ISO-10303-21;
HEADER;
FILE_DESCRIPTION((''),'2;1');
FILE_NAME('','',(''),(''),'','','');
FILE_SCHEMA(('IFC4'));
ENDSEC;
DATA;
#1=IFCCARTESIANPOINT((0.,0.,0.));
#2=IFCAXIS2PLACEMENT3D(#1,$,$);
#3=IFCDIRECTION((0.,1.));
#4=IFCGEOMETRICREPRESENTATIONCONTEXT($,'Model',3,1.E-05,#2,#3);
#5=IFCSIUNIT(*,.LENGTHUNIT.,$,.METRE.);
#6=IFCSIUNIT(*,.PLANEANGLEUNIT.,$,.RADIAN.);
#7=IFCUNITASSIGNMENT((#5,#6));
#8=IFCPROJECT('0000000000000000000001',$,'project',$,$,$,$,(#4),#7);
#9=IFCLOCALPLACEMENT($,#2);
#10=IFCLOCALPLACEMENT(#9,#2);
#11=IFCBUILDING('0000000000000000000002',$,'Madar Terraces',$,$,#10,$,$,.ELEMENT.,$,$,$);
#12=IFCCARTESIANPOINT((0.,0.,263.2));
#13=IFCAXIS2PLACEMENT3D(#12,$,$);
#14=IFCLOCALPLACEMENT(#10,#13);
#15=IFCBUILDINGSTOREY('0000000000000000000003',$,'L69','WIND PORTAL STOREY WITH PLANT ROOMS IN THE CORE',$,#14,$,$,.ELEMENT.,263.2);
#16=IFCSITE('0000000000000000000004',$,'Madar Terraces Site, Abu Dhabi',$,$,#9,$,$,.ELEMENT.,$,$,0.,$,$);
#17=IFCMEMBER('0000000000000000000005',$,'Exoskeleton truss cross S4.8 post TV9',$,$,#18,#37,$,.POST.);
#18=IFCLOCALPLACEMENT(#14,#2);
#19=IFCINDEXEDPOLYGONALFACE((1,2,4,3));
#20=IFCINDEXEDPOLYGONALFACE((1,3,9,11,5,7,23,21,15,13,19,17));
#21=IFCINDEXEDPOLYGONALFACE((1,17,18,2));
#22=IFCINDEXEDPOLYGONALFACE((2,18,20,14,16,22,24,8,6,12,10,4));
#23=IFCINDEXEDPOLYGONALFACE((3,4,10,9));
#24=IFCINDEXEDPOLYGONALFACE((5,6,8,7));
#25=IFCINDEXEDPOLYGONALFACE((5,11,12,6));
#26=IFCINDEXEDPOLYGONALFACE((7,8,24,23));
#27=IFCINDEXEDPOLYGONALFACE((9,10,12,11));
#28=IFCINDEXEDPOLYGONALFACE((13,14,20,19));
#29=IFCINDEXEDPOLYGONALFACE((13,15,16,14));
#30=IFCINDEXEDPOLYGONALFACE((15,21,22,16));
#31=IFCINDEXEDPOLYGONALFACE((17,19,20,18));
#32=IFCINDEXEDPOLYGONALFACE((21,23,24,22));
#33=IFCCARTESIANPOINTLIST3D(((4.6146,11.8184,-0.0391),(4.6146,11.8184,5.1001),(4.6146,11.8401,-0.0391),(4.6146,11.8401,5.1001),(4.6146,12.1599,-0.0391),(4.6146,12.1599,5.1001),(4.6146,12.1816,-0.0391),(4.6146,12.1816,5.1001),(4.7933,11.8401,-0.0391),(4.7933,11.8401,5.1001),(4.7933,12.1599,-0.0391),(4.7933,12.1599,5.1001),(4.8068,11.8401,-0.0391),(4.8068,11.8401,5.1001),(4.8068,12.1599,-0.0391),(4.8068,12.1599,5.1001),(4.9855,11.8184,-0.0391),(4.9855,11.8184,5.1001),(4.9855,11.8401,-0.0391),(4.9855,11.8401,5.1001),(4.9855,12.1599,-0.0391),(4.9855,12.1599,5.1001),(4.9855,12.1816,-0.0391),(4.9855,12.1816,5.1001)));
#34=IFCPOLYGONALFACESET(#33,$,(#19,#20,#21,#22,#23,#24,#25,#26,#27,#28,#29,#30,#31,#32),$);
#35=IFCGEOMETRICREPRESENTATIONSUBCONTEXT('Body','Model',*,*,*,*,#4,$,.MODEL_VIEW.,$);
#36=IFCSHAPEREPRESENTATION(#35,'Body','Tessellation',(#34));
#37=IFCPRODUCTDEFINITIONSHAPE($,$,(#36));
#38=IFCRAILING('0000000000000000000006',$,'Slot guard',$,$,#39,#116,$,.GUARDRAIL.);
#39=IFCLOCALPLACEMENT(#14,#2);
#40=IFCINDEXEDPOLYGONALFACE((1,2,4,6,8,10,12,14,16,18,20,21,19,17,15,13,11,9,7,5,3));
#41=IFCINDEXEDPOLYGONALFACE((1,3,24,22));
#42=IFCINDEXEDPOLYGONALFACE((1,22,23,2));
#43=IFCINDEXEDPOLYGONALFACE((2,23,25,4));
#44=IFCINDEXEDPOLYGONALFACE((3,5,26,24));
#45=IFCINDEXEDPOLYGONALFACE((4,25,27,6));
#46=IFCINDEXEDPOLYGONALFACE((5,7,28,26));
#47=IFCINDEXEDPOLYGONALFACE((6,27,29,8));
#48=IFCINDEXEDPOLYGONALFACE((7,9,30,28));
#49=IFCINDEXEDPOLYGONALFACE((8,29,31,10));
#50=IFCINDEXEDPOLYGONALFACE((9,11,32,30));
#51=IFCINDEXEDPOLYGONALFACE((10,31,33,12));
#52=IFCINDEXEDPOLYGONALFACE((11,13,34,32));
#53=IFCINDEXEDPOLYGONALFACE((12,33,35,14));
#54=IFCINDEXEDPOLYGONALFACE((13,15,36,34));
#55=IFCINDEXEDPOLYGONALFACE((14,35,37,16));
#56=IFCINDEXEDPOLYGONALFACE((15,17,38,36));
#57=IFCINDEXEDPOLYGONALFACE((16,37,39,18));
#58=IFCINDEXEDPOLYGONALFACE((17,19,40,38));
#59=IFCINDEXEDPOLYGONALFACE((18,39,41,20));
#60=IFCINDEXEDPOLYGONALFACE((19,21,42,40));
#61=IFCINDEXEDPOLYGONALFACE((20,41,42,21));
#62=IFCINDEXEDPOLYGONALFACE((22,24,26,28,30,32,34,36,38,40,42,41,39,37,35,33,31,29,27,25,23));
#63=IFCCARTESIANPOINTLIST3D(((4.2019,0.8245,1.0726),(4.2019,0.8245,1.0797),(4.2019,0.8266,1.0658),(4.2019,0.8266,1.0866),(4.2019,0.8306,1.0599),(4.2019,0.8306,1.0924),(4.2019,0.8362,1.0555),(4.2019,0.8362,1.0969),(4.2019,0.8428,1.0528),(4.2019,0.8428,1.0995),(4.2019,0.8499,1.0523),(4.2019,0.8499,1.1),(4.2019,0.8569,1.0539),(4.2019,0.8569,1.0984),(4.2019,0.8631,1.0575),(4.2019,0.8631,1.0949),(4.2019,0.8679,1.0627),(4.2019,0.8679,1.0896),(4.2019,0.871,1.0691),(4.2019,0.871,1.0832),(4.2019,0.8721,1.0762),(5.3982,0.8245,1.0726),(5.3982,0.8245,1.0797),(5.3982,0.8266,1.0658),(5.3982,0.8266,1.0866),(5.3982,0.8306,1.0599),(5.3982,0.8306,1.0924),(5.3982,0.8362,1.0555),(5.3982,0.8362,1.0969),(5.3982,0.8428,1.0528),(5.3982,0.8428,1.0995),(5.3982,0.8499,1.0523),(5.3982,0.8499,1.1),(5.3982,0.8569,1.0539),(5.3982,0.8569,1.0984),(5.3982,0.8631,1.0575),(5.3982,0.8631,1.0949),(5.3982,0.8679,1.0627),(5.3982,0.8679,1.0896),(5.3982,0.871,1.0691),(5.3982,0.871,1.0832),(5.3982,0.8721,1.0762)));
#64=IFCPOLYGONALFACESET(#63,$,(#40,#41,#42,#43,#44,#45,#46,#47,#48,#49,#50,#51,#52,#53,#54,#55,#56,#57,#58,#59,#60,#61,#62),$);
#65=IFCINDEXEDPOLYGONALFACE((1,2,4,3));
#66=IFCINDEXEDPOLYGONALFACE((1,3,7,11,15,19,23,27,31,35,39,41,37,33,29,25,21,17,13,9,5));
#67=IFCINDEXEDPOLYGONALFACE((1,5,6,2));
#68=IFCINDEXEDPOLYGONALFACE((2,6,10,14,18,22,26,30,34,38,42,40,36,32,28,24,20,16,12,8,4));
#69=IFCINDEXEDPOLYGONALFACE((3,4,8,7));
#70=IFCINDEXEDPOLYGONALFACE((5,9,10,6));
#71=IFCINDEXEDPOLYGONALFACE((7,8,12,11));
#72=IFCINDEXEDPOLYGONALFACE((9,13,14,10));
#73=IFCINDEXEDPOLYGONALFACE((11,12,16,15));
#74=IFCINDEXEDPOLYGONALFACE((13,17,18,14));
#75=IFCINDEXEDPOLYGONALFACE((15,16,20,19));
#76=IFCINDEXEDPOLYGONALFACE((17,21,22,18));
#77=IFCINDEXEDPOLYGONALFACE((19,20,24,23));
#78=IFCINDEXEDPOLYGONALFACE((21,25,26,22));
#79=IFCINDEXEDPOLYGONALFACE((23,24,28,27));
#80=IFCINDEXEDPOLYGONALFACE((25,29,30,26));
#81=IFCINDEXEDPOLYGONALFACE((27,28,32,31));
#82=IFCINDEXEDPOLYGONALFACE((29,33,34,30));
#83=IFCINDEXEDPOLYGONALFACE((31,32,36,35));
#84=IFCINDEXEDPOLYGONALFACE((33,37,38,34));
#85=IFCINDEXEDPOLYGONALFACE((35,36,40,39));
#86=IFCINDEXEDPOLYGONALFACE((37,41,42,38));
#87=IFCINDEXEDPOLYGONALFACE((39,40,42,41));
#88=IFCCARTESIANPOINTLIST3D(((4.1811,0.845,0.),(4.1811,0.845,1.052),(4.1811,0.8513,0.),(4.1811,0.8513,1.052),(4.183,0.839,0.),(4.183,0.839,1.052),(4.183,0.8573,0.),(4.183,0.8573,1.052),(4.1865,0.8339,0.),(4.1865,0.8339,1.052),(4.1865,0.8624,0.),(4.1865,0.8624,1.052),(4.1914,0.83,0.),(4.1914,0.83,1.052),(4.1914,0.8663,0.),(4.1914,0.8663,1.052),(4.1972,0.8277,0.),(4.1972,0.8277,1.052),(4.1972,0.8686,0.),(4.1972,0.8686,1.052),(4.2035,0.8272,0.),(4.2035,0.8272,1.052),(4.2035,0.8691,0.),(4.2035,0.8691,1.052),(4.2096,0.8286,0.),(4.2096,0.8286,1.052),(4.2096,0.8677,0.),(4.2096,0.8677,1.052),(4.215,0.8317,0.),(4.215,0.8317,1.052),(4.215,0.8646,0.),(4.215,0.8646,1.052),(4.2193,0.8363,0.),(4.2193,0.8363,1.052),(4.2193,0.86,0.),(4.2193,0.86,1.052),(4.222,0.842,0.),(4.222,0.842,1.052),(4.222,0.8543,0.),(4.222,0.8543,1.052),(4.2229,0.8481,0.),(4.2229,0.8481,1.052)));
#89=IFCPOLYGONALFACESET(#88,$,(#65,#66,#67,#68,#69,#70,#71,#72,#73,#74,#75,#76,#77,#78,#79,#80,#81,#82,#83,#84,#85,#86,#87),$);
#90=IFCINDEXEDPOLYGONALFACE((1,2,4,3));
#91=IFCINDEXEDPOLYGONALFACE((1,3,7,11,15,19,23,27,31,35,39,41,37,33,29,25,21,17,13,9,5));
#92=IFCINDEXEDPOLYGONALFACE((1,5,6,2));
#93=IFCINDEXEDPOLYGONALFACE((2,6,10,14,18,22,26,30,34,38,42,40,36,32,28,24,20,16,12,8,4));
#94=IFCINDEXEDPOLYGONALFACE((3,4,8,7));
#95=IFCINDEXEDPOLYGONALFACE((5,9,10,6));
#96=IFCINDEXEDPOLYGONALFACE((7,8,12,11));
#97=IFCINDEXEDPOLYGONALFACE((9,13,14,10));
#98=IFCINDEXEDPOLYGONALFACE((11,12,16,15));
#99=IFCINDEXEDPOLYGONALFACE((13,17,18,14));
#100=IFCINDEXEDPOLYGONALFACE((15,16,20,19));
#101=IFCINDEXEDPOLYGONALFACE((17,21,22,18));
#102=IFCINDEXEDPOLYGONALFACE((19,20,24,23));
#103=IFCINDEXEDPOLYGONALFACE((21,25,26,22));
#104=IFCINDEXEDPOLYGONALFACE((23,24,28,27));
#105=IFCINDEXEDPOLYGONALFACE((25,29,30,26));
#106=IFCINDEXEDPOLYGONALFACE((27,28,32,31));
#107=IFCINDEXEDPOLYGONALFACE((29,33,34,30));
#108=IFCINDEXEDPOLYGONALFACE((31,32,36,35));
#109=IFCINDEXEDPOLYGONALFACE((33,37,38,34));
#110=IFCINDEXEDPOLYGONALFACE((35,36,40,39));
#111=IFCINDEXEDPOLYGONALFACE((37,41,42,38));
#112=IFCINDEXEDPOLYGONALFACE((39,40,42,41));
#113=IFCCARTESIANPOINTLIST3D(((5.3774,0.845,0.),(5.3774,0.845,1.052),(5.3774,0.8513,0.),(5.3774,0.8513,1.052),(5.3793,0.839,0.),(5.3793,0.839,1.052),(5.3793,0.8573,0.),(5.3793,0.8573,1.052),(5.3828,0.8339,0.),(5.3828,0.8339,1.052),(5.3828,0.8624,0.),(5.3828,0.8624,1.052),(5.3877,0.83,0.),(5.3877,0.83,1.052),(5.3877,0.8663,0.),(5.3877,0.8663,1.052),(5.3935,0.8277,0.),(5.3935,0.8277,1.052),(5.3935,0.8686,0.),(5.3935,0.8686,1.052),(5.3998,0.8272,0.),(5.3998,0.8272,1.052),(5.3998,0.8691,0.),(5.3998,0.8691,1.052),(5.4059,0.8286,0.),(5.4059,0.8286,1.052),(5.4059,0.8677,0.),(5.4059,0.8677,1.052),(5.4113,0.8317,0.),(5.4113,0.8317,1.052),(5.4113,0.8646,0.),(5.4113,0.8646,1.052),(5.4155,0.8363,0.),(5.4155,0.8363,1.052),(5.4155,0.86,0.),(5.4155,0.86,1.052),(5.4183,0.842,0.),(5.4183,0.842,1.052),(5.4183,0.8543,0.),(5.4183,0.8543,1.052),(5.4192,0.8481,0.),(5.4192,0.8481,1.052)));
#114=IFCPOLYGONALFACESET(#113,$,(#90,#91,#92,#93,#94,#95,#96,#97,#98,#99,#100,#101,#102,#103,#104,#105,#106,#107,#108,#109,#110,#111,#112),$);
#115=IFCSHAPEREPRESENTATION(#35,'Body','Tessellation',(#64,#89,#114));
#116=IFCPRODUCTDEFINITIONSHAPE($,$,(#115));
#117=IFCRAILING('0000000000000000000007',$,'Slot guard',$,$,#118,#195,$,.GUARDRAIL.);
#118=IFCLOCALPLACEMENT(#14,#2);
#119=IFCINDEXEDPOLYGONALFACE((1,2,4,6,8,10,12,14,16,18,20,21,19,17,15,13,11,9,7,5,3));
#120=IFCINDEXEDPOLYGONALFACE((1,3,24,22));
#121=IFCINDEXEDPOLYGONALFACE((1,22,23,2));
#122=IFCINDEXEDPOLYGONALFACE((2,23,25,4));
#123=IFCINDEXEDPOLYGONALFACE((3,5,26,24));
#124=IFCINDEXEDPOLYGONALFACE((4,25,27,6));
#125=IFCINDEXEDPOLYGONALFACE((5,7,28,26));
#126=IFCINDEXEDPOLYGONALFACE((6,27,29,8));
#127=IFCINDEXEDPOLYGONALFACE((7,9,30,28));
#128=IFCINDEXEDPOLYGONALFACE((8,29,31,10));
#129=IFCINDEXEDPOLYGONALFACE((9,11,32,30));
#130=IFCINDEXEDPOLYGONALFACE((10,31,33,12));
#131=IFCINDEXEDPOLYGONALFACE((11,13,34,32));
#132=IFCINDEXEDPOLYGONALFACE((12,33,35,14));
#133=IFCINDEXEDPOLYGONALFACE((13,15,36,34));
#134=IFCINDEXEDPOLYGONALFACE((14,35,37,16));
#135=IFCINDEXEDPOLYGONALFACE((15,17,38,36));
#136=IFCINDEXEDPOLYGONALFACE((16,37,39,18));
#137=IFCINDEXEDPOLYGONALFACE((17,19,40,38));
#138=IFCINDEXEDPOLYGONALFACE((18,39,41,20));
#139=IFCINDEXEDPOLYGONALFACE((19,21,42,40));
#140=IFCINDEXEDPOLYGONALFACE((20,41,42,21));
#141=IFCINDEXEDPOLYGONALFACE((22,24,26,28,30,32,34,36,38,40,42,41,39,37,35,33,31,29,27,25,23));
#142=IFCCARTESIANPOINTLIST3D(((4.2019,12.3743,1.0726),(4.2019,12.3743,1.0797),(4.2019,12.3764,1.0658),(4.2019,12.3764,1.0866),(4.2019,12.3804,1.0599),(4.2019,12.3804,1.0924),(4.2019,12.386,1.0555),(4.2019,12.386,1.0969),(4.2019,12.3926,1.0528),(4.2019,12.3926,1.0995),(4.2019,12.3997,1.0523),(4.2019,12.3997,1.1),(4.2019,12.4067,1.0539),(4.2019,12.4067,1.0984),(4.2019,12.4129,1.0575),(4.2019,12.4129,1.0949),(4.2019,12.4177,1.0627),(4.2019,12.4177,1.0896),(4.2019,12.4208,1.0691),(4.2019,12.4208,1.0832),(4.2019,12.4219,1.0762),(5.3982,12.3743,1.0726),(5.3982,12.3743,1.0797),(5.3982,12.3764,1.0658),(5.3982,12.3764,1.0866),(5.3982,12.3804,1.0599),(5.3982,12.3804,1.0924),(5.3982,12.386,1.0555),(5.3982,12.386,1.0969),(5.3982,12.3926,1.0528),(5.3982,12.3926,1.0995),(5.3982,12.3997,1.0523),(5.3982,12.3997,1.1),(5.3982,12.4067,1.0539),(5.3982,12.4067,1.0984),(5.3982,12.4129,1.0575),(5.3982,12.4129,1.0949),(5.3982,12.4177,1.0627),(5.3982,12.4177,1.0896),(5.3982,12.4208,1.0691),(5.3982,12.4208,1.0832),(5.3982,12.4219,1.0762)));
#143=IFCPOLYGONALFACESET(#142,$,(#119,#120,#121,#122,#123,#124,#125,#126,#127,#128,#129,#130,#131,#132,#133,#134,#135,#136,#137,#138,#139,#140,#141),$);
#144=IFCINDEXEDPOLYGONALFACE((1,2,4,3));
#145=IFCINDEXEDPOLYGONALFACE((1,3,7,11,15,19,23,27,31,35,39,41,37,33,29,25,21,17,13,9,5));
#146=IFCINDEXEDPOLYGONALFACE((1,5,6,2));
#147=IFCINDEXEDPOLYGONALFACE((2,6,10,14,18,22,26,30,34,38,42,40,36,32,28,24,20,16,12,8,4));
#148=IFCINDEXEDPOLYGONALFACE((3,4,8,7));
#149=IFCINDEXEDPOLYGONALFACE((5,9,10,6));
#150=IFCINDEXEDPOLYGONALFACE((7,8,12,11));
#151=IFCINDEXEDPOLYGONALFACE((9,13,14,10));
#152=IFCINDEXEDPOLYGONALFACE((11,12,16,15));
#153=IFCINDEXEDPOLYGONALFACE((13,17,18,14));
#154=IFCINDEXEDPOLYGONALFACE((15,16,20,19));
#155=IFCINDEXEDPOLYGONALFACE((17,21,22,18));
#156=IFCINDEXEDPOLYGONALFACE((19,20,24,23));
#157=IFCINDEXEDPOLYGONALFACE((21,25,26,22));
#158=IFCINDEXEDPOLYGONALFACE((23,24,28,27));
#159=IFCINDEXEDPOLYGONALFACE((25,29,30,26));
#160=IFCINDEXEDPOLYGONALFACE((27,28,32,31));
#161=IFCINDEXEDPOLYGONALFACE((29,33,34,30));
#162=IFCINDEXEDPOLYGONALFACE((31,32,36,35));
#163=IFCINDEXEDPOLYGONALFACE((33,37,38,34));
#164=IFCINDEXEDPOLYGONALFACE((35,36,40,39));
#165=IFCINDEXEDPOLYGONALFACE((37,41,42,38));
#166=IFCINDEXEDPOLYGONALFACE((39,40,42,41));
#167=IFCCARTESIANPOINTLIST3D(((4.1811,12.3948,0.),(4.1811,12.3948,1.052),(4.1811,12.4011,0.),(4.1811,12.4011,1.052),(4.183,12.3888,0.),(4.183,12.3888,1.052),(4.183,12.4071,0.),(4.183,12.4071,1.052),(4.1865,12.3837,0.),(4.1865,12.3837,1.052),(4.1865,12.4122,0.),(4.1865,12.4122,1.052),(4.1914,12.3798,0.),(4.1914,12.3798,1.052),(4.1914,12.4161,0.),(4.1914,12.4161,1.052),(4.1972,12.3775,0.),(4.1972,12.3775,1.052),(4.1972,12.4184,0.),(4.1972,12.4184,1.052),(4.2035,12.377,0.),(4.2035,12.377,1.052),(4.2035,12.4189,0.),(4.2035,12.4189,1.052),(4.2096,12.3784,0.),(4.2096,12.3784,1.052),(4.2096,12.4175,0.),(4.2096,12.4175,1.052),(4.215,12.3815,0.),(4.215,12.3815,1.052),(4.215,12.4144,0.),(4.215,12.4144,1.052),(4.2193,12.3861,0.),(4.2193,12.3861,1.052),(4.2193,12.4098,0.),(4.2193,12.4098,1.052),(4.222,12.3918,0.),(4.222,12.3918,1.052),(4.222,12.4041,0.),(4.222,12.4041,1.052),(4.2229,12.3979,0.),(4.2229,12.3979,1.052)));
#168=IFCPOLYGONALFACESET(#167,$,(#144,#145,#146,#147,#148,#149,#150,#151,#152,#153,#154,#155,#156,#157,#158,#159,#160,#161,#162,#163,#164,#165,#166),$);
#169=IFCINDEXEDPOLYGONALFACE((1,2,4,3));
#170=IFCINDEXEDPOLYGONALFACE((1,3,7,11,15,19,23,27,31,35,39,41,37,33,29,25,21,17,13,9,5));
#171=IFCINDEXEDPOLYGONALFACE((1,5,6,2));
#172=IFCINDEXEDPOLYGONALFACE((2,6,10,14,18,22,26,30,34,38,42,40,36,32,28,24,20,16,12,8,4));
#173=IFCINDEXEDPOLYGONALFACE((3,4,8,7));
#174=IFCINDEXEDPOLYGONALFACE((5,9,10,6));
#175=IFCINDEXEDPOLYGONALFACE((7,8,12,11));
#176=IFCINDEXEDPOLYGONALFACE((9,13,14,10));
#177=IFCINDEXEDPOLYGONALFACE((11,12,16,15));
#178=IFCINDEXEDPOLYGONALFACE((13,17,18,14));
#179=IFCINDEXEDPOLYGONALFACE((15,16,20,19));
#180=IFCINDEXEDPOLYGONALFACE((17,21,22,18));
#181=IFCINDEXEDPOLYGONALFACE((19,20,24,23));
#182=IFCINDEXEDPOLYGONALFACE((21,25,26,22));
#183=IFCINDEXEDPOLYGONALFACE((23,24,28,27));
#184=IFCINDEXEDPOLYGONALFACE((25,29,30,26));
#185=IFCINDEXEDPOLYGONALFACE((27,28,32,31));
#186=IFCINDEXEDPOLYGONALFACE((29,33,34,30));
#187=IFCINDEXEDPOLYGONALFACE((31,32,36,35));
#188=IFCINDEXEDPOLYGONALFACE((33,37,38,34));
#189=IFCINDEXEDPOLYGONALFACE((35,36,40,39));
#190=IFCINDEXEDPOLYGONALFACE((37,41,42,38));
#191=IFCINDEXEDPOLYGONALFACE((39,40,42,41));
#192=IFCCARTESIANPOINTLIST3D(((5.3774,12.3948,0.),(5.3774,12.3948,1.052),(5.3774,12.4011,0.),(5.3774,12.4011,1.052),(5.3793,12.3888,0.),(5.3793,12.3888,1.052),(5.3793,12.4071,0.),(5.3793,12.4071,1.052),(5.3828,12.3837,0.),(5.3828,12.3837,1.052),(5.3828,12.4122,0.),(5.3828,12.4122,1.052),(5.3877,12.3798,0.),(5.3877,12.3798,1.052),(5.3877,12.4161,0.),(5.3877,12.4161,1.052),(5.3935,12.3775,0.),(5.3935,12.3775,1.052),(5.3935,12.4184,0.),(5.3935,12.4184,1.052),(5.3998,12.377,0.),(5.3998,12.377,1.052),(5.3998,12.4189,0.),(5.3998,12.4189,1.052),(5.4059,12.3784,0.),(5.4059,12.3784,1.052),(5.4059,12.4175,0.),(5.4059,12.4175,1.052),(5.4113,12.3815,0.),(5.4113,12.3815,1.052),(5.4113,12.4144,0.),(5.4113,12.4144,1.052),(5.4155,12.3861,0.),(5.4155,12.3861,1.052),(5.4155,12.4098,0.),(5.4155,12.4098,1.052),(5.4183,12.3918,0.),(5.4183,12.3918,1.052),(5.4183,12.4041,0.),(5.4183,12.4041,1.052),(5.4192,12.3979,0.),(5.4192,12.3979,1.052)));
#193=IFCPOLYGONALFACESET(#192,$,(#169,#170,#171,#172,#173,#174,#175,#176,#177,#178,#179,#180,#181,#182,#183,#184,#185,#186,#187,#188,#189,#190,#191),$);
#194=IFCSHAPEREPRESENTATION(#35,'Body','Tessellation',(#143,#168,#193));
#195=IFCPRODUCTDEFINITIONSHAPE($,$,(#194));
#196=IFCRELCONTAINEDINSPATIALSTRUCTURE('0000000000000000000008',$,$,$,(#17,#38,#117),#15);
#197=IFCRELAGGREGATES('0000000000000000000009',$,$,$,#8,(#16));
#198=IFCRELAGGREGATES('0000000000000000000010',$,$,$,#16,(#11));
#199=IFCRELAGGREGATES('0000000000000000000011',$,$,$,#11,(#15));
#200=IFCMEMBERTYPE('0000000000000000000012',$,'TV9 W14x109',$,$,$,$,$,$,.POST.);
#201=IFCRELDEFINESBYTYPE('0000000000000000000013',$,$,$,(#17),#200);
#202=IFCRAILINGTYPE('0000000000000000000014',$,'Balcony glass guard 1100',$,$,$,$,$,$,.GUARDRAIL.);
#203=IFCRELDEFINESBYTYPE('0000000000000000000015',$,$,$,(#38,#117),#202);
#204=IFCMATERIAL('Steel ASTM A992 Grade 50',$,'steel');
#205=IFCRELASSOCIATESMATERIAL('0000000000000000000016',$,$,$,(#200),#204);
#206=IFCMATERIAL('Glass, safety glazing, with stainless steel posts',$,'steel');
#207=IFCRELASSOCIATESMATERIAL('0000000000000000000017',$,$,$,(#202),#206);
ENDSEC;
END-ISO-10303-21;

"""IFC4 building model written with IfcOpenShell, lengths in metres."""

from ifc_helpers import new_model, si_unit, direction, frame, origin, origin_2d, place, context, subcontext, project, spatial, circle, i_section, extrude, material, material_profile, profile_set, type_object, element, save


model = new_model("IFC4")

# Units and contexts
model_context = context("Model", 3, precision=1e-05, world=origin(), true_north=direction((0.0, 1.0)))
body_context = subcontext(model_context, "Body", "Model", "MODEL_VIEW")
ifc_project = project(units=[si_unit("LENGTHUNIT", "METRE"), si_unit("PLANEANGLEUNIT", "RADIAN")], contexts=[model_context])

# Site, building, storey
site_placement = place(None, origin())
site = spatial("IfcSite", under=ifc_project, at=site_placement, Name="Madar Terraces Site, Abu Dhabi", CompositionType="ELEMENT", RefElevation=0.0)
building_placement = place(site_placement, origin())
building = spatial("IfcBuilding", under=site, at=building_placement, Name="Madar Terraces", CompositionType="ELEMENT")
storey_placement = place(building_placement, frame((0.0, 0.0, 263.2)))
storey = spatial("IfcBuildingStorey", under=building, at=storey_placement, Name="L69", Description="WIND PORTAL STOREY WITH PLANT ROOMS IN THE CORE", CompositionType="ELEMENT", Elevation=263.2)

# Member
ifc_material_1 = material(Name="Steel ASTM A992 Grade 50", Category="steel")
ifc_material_profile_1 = material_profile(ifc_material_1, i_section(OverallWidth=0.3708, OverallDepth=0.3633, WebThickness=0.0134, FlangeThickness=0.0217, at=origin_2d()), Name="W14x109")
ifc_profile_set_1 = profile_set([ifc_material_profile_1], Name="Steel ASTM A992 Grade 50")
member_type_1 = type_object("IfcMemberType", Name="TV9 W14x109", PredefinedType="POST", material=ifc_profile_set_1)
for number, where, z_axis, x_axis, name in (
    (1, (4.8, 12.0, -0.0391), (0.0, 0.0, 1.0), (-1.0, 0.0, 0.0), "Exoskeleton truss cross S4.8 post TV9"),
):
    element("IfcMember", number, at=place(storey_placement, frame(where, z_axis=z_axis, x_axis=x_axis)), inside=storey, type_object=member_type_1, Name=name, PredefinedType="POST", context=body_context, shape_type="SweptSolid", body=[
        extrude(i_section(OverallWidth=0.3708, OverallDepth=0.3633, WebThickness=0.0134, FlangeThickness=0.0217, at=origin_2d()), origin(), (0.0, 0.0, 1.0), 5.1392),
    ])

# Railings
ifc_material_2 = material(Name="Glass, safety glazing, with stainless steel posts", Category="steel")
railing_type = type_object("IfcRailingType", Name="Balcony glass guard 1100", PredefinedType="GUARDRAIL", material=ifc_material_2)
for number, where, name in (
    (2, (4.2019, 0.8481, 0.0), "Slot guard"),
    (3, (4.2019, 12.3979, 0.0), "Slot guard"),
):
    element("IfcRailing", number, at=place(storey_placement, frame(where)), inside=storey, type_object=railing_type, Name=name, PredefinedType="GUARDRAIL", context=body_context, shape_type="SweptSolid", body=[
        extrude(circle(Radius=0.0239, at=origin_2d()), frame((0.0, 0.0, 1.0762), z_axis=(1.0, 0.0, 0.0), x_axis=(0.0, 1.0, 0.0)), (0.0, 0.0, 1.0), 1.1963),
        extrude(circle(Radius=0.021, at=origin_2d()), origin(), (0.0, 0.0, 1.0), 1.052),
        extrude(circle(Radius=0.021, at=origin_2d()), frame((1.1963, 0.0, 0.0)), (0.0, 0.0, 1.0), 1.052),
    ])

save(model, "model.ifc")
